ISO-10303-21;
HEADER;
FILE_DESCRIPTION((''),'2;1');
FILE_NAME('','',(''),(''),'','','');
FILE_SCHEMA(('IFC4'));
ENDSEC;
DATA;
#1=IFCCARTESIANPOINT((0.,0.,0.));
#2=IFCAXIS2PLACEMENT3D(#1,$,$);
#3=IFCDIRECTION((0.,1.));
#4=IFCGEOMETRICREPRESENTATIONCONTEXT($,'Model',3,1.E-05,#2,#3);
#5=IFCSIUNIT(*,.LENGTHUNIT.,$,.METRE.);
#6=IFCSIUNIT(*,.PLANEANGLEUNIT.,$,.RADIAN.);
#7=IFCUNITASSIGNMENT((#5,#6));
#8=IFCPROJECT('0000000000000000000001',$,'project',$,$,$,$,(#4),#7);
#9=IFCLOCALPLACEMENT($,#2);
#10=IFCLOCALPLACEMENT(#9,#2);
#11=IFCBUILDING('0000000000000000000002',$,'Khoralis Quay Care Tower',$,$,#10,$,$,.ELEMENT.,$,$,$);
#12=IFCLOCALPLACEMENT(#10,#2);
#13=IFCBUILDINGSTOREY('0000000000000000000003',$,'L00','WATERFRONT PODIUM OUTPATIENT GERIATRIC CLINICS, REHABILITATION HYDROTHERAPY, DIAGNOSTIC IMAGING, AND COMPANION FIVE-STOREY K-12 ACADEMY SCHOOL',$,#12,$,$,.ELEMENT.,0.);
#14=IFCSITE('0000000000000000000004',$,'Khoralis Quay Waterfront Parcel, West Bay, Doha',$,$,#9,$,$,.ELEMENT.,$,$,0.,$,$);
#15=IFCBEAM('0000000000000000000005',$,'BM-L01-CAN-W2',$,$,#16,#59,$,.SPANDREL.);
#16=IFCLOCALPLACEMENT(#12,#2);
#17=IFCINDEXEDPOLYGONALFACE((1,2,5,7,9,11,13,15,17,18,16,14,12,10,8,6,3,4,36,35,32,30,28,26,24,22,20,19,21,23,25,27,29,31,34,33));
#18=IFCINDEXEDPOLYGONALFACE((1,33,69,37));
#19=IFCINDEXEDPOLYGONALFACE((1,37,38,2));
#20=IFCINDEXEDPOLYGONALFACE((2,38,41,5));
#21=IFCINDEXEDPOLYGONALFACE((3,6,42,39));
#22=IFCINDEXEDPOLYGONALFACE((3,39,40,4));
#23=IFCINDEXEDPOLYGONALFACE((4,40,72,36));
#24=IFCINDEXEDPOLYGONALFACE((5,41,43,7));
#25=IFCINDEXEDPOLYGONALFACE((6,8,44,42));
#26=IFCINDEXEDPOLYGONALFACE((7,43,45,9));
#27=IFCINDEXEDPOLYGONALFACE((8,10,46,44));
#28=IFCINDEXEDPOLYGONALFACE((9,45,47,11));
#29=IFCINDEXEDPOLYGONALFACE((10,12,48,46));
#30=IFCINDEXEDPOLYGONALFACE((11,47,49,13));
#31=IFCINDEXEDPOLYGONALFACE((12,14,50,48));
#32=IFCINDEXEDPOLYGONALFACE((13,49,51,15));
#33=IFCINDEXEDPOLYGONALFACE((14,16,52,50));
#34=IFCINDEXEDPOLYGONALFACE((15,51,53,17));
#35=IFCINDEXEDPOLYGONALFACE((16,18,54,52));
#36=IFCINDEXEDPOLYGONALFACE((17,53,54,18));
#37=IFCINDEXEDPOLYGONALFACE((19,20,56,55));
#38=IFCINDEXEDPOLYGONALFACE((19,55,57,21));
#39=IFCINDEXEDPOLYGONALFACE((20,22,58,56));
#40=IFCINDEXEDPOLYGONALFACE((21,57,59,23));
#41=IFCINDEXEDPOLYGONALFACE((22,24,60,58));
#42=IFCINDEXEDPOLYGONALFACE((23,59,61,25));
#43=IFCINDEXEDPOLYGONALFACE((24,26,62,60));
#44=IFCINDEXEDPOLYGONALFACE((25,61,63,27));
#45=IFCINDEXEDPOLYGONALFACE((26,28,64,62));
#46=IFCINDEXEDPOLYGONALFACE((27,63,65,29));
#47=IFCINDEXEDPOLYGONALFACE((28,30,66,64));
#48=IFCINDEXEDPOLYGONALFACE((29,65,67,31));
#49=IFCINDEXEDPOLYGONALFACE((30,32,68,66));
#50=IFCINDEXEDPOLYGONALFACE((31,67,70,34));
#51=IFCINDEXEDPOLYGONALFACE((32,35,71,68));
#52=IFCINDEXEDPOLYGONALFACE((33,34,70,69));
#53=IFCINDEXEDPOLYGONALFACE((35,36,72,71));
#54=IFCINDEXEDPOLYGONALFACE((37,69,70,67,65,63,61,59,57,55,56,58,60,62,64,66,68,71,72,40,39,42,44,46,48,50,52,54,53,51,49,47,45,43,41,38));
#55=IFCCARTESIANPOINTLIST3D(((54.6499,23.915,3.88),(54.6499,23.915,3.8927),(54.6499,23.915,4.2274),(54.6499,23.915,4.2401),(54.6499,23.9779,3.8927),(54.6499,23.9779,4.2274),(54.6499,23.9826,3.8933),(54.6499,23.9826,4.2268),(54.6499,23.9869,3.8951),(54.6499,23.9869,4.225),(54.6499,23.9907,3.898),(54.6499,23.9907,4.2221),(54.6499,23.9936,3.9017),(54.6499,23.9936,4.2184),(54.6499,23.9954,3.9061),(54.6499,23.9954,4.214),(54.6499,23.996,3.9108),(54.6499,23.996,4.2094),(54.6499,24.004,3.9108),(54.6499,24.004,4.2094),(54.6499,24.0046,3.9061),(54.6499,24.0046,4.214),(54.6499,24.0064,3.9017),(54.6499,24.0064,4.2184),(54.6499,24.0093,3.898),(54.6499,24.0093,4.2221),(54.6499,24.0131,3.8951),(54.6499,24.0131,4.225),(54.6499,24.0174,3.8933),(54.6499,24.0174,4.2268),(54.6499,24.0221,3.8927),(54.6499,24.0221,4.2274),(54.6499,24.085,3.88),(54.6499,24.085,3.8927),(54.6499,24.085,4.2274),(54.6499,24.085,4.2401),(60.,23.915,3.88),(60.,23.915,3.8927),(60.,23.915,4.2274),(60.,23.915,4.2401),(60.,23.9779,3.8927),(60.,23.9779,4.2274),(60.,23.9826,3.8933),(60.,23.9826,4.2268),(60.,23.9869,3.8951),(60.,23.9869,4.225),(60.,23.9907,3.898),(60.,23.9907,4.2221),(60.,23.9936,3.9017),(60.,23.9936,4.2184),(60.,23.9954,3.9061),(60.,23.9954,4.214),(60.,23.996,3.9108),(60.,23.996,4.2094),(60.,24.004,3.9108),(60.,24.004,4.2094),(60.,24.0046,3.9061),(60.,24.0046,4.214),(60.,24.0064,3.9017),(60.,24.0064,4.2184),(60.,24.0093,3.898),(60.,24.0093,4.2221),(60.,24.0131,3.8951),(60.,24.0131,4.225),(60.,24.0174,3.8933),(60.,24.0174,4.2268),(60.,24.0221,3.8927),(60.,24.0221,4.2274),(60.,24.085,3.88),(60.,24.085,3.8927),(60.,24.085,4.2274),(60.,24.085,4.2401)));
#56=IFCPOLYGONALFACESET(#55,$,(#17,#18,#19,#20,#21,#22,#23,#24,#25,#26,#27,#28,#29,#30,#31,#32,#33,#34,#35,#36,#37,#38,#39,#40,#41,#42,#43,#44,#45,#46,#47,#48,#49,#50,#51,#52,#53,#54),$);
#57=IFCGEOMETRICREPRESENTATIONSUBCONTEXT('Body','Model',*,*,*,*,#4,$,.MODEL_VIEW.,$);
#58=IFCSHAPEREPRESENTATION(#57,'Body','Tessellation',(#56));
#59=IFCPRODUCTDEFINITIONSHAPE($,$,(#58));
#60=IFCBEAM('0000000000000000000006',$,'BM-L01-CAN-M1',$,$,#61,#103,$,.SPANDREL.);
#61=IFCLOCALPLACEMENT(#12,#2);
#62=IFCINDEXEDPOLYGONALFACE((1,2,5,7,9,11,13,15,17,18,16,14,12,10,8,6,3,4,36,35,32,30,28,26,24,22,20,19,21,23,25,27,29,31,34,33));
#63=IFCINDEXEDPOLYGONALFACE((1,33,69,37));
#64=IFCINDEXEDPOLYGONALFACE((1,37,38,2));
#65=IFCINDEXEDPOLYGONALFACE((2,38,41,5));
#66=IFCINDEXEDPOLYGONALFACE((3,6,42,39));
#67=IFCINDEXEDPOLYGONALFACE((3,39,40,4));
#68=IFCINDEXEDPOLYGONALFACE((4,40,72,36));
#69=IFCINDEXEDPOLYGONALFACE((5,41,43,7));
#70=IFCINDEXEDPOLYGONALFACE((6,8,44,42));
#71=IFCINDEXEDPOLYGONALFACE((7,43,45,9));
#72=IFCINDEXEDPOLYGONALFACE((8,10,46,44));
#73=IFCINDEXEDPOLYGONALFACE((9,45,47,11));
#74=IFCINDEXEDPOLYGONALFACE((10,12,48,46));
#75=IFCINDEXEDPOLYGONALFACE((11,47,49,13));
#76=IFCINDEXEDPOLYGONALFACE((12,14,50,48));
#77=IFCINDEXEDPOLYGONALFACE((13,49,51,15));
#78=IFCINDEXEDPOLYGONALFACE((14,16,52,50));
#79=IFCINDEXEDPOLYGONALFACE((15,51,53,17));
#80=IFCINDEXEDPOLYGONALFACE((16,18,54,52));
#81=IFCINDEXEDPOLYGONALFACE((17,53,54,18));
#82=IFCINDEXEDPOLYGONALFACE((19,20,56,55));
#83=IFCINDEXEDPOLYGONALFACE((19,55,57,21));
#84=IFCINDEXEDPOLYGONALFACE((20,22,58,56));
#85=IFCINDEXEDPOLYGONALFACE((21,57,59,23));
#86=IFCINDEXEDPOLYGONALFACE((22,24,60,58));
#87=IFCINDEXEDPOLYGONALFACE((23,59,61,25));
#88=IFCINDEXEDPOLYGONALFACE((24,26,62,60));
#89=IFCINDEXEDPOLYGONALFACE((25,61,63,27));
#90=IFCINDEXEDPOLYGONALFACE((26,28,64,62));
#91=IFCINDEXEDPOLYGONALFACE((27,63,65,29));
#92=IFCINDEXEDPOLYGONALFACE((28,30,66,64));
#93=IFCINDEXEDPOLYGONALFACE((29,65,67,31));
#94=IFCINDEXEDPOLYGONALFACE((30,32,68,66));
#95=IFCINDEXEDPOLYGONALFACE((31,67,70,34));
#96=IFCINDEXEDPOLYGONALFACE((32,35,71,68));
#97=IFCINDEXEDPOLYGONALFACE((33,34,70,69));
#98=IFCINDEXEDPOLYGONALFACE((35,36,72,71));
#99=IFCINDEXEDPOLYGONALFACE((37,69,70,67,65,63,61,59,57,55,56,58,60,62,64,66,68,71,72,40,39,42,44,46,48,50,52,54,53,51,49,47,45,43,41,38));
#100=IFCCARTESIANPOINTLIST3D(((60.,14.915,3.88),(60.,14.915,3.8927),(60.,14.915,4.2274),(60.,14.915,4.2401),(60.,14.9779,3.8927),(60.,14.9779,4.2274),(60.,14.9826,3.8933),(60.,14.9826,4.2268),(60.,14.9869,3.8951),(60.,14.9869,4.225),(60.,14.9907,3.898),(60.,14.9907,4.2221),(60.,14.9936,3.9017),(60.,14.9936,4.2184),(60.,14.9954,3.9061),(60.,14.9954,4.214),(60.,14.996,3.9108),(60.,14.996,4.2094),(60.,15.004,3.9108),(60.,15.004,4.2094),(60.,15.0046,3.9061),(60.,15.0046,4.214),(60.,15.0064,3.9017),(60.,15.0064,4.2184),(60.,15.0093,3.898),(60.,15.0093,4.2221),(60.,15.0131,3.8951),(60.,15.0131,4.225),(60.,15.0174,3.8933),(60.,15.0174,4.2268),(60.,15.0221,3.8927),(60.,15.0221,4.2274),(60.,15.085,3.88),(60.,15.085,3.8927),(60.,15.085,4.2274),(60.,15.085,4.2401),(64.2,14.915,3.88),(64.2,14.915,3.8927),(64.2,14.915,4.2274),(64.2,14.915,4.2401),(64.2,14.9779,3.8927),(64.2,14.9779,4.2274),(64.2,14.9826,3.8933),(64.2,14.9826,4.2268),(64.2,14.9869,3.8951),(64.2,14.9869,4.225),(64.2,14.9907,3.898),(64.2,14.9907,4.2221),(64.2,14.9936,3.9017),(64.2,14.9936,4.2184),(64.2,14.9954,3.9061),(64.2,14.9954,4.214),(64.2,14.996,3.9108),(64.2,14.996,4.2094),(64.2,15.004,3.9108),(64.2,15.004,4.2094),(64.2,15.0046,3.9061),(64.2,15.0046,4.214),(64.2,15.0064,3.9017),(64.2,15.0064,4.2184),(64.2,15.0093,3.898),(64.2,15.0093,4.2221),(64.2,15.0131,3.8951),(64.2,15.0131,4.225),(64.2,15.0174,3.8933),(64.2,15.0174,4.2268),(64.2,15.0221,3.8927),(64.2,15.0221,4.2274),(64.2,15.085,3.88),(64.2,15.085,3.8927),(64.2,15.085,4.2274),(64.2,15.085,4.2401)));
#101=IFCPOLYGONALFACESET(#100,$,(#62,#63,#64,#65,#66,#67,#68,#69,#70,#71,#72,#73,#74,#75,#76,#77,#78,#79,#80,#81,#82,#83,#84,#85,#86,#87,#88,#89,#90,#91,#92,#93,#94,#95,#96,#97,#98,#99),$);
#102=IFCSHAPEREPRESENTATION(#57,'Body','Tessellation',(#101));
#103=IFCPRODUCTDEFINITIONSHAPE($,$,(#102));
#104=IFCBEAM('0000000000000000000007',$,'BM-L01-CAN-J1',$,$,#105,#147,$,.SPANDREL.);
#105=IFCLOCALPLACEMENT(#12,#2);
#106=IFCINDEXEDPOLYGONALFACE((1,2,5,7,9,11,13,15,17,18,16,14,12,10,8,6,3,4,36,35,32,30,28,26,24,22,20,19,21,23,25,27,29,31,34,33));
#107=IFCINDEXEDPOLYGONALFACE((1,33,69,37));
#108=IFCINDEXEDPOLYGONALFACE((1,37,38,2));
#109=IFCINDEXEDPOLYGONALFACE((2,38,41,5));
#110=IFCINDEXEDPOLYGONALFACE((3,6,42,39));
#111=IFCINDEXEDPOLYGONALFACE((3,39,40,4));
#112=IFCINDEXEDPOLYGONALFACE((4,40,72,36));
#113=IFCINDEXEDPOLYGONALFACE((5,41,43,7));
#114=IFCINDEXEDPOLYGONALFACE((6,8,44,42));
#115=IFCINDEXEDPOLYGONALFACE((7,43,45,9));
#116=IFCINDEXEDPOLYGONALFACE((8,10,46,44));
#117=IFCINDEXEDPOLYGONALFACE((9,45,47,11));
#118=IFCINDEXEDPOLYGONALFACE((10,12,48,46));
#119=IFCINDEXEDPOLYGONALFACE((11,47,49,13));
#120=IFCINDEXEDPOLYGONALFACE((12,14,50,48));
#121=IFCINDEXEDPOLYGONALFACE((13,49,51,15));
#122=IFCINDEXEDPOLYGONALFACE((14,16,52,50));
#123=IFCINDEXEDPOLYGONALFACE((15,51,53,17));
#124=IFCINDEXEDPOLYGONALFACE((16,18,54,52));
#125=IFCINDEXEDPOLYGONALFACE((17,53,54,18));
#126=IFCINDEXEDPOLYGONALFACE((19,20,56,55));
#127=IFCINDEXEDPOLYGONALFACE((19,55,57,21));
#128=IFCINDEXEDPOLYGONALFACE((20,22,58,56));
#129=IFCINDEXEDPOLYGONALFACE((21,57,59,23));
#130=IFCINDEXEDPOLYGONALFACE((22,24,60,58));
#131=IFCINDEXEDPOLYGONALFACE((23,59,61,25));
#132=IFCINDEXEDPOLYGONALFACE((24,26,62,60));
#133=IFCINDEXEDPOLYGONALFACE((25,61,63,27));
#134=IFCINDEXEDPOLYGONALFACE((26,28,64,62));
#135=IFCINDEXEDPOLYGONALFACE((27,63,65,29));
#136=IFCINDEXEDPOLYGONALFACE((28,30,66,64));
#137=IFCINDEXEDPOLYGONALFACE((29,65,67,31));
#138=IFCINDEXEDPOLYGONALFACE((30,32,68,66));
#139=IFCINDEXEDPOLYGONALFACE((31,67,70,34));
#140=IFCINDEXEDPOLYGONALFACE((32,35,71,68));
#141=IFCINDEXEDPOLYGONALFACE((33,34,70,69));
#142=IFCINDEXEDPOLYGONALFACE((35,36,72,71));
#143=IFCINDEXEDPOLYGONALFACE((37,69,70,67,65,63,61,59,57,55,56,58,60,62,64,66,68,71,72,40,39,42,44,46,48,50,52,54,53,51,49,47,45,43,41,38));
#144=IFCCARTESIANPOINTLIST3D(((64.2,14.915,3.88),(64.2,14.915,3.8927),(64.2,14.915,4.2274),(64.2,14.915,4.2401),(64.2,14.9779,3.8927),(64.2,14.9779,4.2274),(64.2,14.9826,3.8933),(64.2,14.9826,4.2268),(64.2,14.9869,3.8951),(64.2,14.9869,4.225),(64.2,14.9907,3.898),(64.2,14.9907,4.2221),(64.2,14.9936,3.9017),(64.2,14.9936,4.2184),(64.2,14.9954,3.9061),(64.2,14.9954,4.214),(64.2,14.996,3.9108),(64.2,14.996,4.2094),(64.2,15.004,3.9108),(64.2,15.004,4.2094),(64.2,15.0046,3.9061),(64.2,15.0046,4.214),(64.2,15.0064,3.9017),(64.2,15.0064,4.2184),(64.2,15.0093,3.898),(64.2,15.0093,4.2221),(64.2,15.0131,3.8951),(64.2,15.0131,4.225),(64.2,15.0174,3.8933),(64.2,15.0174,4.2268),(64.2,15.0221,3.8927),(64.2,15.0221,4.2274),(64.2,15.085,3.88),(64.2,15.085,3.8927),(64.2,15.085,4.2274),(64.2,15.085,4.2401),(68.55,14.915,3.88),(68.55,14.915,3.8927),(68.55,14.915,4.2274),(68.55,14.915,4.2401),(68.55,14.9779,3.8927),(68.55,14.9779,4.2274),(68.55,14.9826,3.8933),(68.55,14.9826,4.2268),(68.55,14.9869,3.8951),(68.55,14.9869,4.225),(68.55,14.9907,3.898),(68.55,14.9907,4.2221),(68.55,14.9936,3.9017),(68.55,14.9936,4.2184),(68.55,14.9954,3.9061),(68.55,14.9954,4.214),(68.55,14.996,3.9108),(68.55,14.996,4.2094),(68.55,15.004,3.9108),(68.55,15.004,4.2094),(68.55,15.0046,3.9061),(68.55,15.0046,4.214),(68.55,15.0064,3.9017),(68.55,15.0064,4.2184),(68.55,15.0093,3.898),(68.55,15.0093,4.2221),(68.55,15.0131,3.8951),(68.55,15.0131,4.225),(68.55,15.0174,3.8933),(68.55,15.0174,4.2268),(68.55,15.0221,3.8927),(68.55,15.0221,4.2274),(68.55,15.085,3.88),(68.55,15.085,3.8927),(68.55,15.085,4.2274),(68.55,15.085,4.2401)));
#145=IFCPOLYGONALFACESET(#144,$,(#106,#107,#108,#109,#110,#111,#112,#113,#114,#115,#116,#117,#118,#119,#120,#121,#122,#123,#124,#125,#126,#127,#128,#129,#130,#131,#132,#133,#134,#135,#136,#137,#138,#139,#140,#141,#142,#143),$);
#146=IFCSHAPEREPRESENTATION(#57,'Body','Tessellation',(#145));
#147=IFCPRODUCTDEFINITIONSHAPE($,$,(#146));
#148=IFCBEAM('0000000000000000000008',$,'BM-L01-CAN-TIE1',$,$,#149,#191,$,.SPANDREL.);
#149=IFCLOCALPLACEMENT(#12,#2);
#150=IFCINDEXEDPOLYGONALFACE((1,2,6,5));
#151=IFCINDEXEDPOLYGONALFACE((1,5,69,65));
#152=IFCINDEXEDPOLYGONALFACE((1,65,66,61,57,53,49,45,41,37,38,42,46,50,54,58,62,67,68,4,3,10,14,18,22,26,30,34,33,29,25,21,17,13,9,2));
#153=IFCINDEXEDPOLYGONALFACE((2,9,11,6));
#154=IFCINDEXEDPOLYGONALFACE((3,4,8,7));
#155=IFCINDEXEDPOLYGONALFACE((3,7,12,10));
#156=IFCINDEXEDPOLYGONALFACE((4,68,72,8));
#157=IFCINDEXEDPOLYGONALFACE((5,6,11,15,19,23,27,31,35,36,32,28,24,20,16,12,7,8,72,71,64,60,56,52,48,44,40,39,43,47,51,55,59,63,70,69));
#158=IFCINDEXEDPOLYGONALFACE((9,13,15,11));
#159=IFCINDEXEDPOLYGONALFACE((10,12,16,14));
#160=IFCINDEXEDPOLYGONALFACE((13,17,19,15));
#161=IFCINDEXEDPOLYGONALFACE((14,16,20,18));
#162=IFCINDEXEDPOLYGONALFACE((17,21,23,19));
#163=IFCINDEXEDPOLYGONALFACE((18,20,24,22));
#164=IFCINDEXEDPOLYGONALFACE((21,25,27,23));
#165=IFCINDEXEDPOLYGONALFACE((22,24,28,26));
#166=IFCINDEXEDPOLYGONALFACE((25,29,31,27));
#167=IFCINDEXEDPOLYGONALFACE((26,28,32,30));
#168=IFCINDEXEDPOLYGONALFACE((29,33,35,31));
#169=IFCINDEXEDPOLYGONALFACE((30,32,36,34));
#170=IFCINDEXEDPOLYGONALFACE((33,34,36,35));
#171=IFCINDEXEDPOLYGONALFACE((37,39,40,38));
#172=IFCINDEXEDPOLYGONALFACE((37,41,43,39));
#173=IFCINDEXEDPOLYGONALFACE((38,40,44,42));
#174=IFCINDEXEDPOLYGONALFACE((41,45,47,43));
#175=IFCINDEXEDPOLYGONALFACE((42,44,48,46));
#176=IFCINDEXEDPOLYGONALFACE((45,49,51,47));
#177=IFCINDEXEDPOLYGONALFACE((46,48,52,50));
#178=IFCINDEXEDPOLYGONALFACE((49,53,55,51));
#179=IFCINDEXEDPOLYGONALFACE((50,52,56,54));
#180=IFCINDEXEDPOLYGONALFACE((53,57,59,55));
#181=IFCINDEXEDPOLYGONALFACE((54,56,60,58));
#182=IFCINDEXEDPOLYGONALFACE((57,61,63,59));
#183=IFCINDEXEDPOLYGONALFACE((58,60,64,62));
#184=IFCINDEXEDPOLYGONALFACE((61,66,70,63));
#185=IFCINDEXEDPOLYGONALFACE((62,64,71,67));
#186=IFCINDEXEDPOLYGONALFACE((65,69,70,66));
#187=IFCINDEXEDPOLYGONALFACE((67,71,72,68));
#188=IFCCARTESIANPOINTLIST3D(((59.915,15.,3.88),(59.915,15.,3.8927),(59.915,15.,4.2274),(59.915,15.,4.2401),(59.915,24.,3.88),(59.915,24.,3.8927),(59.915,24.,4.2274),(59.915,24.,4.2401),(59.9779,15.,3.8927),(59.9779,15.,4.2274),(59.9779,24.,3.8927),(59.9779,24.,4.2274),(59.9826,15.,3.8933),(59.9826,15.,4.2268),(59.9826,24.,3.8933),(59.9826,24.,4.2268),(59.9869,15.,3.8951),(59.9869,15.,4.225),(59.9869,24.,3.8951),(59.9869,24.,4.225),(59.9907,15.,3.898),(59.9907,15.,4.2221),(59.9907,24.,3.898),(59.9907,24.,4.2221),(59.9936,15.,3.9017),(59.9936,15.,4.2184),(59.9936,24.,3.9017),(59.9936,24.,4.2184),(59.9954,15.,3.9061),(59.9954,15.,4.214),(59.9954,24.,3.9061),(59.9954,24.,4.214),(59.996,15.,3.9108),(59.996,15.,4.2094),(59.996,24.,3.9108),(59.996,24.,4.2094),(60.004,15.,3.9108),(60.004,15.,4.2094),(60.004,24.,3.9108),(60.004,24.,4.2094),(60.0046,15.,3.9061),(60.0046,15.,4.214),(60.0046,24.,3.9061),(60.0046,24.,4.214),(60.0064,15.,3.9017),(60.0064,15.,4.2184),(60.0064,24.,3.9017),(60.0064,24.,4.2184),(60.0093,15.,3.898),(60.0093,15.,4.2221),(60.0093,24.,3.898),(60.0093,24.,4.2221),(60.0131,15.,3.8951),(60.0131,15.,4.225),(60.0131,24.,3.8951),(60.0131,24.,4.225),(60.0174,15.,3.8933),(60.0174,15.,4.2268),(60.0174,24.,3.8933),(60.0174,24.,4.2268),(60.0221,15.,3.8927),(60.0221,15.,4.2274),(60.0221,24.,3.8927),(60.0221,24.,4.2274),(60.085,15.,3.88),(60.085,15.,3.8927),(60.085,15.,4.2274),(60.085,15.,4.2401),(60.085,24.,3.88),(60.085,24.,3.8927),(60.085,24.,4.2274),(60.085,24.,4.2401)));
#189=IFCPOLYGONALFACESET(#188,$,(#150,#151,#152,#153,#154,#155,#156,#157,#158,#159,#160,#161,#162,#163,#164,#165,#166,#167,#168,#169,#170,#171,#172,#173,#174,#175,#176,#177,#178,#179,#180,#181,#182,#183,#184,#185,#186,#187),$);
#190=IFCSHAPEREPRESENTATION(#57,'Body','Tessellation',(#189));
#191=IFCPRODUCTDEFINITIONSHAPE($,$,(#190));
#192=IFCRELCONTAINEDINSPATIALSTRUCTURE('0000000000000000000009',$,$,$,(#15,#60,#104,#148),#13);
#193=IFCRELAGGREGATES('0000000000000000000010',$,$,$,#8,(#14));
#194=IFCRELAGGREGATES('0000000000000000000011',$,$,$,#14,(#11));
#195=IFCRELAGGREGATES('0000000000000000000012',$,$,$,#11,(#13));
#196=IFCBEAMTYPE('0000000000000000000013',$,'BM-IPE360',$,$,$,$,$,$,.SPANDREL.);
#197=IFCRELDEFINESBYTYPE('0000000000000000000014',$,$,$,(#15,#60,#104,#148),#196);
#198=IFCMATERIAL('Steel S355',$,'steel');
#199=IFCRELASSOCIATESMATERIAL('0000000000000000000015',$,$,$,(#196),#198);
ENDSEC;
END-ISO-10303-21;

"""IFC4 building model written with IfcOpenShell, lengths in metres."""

from ifc_helpers import new_model, si_unit, direction, frame, origin, origin_2d, place, context, subcontext, project, spatial, i_section, extrude, source, transform, mapped, material, material_profile, profile_set, type_object, element, save


model = new_model("IFC4")

# Units and contexts
model_context = context("Model", 3, precision=1e-05, world=origin(), true_north=direction((0.0, 1.0)))
body_context = subcontext(model_context, "Body", "Model", "MODEL_VIEW")
ifc_project = project(units=[si_unit("LENGTHUNIT", "METRE"), si_unit("PLANEANGLEUNIT", "RADIAN")], contexts=[model_context])

# Site, building, storey
site_placement = place(None, origin())
site = spatial("IfcSite", under=ifc_project, at=site_placement, Name="Khoralis Quay Waterfront Parcel, West Bay, Doha", CompositionType="ELEMENT", RefElevation=0.0)
building_placement = place(site_placement, origin())
building = spatial("IfcBuilding", under=site, at=building_placement, Name="Khoralis Quay Care Tower", CompositionType="ELEMENT")
storey_placement = place(building_placement, origin())
storey = spatial("IfcBuildingStorey", under=building, at=storey_placement, Name="L00", Description="WATERFRONT PODIUM OUTPATIENT GERIATRIC CLINICS, REHABILITATION HYDROTHERAPY, DIAGNOSTIC IMAGING, AND COMPANION FIVE-STOREY K-12 ACADEMY SCHOOL", CompositionType="ELEMENT", Elevation=0.0)

# Shared definitions
ifc_material_1 = material(Name="Steel S355", Category="steel")

# Beams
ifc_material_profile_1 = material_profile(ifc_material_1, i_section(OverallWidth=0.1699, OverallDepth=0.3601, WebThickness=0.0081, FlangeThickness=0.0127, FilletRadius=0.0181, at=origin_2d()), Name="Steel S355")
ifc_profile_set_1 = profile_set([ifc_material_profile_1], Name="Steel S355")
beam_type_1 = type_object("IfcBeamType", Name="BM-IPE360", PredefinedType="SPANDREL", material=ifc_profile_set_1)
shared_shape_1 = source(origin(), body_context, "Body", "SweptSolid", [
    extrude(i_section(OverallWidth=0.1699, OverallDepth=0.3601, WebThickness=0.0081, FlangeThickness=0.0127, FilletRadius=0.0181, at=origin_2d()), origin(), (0.0, 0.0, 1.0), 5.3501),
])
for number, where, z_axis, x_axis, name in (
    (1, (54.6499, 24.0, 4.0601), (1.0, 0.0, 0.0), (0.0, 1.0, 0.0), "BM-L01-CAN-W2"),
):
    element("IfcBeam", number, at=place(storey_placement, frame(where, z_axis=z_axis, x_axis=x_axis)), inside=storey, type_object=beam_type_1, Name=name, PredefinedType="SPANDREL", context=body_context, shape_type="MappedRepresentation", body=[
        mapped(shared_shape_1, transform((0.0, 0.0, 0.0), scale=1.0)),
    ])
shared_shape_2 = source(origin(), body_context, "Body", "SweptSolid", [
    extrude(i_section(OverallWidth=0.1699, OverallDepth=0.3601, WebThickness=0.0081, FlangeThickness=0.0127, FilletRadius=0.0181, at=origin_2d()), origin(), (0.0, 0.0, 1.0), 4.2),
])
beam_1_placement = place(storey_placement, frame((60.0, 15.0, 4.0601), z_axis=(1.0, 0.0, 0.0), x_axis=(0.0, 1.0, 0.0)))
element("IfcBeam", 2, at=beam_1_placement, inside=storey, type_object=beam_type_1, Name="BM-L01-CAN-M1", PredefinedType="SPANDREL", context=body_context, shape_type="MappedRepresentation", body=[
    mapped(shared_shape_2, transform((0.0, 0.0, 0.0), scale=1.0)),
])
shared_shape_3 = source(origin(), body_context, "Body", "SweptSolid", [
    extrude(i_section(OverallWidth=0.1699, OverallDepth=0.3601, WebThickness=0.0081, FlangeThickness=0.0127, FilletRadius=0.0181, at=origin_2d()), origin(), (0.0, 0.0, 1.0), 4.3501),
])
beam_2_placement = place(storey_placement, frame((64.2, 15.0, 4.0601), z_axis=(1.0, 0.0, 0.0), x_axis=(0.0, 1.0, 0.0)))
element("IfcBeam", 3, at=beam_2_placement, inside=storey, type_object=beam_type_1, Name="BM-L01-CAN-J1", PredefinedType="SPANDREL", context=body_context, shape_type="MappedRepresentation", body=[
    mapped(shared_shape_3, transform((0.0, 0.0, 0.0), scale=1.0)),
])
shared_shape_4 = source(origin(), body_context, "Body", "SweptSolid", [
    extrude(i_section(OverallWidth=0.1699, OverallDepth=0.3601, WebThickness=0.0081, FlangeThickness=0.0127, FilletRadius=0.0181, at=origin_2d()), origin(), (0.0, 0.0, 1.0), 9.0),
])
for number, where, z_axis, x_axis, name in (
    (4, (60.0, 15.0, 4.0601), (0.0, 1.0, 0.0), (-1.0, 0.0, 0.0), "BM-L01-CAN-TIE1"),
):
    element("IfcBeam", number, at=place(storey_placement, frame(where, z_axis=z_axis, x_axis=x_axis)), inside=storey, type_object=beam_type_1, Name=name, PredefinedType="SPANDREL", context=body_context, shape_type="MappedRepresentation", body=[
        mapped(shared_shape_4, transform((0.0, 0.0, 0.0), scale=1.0)),
    ])

save(model, "model.ifc")
